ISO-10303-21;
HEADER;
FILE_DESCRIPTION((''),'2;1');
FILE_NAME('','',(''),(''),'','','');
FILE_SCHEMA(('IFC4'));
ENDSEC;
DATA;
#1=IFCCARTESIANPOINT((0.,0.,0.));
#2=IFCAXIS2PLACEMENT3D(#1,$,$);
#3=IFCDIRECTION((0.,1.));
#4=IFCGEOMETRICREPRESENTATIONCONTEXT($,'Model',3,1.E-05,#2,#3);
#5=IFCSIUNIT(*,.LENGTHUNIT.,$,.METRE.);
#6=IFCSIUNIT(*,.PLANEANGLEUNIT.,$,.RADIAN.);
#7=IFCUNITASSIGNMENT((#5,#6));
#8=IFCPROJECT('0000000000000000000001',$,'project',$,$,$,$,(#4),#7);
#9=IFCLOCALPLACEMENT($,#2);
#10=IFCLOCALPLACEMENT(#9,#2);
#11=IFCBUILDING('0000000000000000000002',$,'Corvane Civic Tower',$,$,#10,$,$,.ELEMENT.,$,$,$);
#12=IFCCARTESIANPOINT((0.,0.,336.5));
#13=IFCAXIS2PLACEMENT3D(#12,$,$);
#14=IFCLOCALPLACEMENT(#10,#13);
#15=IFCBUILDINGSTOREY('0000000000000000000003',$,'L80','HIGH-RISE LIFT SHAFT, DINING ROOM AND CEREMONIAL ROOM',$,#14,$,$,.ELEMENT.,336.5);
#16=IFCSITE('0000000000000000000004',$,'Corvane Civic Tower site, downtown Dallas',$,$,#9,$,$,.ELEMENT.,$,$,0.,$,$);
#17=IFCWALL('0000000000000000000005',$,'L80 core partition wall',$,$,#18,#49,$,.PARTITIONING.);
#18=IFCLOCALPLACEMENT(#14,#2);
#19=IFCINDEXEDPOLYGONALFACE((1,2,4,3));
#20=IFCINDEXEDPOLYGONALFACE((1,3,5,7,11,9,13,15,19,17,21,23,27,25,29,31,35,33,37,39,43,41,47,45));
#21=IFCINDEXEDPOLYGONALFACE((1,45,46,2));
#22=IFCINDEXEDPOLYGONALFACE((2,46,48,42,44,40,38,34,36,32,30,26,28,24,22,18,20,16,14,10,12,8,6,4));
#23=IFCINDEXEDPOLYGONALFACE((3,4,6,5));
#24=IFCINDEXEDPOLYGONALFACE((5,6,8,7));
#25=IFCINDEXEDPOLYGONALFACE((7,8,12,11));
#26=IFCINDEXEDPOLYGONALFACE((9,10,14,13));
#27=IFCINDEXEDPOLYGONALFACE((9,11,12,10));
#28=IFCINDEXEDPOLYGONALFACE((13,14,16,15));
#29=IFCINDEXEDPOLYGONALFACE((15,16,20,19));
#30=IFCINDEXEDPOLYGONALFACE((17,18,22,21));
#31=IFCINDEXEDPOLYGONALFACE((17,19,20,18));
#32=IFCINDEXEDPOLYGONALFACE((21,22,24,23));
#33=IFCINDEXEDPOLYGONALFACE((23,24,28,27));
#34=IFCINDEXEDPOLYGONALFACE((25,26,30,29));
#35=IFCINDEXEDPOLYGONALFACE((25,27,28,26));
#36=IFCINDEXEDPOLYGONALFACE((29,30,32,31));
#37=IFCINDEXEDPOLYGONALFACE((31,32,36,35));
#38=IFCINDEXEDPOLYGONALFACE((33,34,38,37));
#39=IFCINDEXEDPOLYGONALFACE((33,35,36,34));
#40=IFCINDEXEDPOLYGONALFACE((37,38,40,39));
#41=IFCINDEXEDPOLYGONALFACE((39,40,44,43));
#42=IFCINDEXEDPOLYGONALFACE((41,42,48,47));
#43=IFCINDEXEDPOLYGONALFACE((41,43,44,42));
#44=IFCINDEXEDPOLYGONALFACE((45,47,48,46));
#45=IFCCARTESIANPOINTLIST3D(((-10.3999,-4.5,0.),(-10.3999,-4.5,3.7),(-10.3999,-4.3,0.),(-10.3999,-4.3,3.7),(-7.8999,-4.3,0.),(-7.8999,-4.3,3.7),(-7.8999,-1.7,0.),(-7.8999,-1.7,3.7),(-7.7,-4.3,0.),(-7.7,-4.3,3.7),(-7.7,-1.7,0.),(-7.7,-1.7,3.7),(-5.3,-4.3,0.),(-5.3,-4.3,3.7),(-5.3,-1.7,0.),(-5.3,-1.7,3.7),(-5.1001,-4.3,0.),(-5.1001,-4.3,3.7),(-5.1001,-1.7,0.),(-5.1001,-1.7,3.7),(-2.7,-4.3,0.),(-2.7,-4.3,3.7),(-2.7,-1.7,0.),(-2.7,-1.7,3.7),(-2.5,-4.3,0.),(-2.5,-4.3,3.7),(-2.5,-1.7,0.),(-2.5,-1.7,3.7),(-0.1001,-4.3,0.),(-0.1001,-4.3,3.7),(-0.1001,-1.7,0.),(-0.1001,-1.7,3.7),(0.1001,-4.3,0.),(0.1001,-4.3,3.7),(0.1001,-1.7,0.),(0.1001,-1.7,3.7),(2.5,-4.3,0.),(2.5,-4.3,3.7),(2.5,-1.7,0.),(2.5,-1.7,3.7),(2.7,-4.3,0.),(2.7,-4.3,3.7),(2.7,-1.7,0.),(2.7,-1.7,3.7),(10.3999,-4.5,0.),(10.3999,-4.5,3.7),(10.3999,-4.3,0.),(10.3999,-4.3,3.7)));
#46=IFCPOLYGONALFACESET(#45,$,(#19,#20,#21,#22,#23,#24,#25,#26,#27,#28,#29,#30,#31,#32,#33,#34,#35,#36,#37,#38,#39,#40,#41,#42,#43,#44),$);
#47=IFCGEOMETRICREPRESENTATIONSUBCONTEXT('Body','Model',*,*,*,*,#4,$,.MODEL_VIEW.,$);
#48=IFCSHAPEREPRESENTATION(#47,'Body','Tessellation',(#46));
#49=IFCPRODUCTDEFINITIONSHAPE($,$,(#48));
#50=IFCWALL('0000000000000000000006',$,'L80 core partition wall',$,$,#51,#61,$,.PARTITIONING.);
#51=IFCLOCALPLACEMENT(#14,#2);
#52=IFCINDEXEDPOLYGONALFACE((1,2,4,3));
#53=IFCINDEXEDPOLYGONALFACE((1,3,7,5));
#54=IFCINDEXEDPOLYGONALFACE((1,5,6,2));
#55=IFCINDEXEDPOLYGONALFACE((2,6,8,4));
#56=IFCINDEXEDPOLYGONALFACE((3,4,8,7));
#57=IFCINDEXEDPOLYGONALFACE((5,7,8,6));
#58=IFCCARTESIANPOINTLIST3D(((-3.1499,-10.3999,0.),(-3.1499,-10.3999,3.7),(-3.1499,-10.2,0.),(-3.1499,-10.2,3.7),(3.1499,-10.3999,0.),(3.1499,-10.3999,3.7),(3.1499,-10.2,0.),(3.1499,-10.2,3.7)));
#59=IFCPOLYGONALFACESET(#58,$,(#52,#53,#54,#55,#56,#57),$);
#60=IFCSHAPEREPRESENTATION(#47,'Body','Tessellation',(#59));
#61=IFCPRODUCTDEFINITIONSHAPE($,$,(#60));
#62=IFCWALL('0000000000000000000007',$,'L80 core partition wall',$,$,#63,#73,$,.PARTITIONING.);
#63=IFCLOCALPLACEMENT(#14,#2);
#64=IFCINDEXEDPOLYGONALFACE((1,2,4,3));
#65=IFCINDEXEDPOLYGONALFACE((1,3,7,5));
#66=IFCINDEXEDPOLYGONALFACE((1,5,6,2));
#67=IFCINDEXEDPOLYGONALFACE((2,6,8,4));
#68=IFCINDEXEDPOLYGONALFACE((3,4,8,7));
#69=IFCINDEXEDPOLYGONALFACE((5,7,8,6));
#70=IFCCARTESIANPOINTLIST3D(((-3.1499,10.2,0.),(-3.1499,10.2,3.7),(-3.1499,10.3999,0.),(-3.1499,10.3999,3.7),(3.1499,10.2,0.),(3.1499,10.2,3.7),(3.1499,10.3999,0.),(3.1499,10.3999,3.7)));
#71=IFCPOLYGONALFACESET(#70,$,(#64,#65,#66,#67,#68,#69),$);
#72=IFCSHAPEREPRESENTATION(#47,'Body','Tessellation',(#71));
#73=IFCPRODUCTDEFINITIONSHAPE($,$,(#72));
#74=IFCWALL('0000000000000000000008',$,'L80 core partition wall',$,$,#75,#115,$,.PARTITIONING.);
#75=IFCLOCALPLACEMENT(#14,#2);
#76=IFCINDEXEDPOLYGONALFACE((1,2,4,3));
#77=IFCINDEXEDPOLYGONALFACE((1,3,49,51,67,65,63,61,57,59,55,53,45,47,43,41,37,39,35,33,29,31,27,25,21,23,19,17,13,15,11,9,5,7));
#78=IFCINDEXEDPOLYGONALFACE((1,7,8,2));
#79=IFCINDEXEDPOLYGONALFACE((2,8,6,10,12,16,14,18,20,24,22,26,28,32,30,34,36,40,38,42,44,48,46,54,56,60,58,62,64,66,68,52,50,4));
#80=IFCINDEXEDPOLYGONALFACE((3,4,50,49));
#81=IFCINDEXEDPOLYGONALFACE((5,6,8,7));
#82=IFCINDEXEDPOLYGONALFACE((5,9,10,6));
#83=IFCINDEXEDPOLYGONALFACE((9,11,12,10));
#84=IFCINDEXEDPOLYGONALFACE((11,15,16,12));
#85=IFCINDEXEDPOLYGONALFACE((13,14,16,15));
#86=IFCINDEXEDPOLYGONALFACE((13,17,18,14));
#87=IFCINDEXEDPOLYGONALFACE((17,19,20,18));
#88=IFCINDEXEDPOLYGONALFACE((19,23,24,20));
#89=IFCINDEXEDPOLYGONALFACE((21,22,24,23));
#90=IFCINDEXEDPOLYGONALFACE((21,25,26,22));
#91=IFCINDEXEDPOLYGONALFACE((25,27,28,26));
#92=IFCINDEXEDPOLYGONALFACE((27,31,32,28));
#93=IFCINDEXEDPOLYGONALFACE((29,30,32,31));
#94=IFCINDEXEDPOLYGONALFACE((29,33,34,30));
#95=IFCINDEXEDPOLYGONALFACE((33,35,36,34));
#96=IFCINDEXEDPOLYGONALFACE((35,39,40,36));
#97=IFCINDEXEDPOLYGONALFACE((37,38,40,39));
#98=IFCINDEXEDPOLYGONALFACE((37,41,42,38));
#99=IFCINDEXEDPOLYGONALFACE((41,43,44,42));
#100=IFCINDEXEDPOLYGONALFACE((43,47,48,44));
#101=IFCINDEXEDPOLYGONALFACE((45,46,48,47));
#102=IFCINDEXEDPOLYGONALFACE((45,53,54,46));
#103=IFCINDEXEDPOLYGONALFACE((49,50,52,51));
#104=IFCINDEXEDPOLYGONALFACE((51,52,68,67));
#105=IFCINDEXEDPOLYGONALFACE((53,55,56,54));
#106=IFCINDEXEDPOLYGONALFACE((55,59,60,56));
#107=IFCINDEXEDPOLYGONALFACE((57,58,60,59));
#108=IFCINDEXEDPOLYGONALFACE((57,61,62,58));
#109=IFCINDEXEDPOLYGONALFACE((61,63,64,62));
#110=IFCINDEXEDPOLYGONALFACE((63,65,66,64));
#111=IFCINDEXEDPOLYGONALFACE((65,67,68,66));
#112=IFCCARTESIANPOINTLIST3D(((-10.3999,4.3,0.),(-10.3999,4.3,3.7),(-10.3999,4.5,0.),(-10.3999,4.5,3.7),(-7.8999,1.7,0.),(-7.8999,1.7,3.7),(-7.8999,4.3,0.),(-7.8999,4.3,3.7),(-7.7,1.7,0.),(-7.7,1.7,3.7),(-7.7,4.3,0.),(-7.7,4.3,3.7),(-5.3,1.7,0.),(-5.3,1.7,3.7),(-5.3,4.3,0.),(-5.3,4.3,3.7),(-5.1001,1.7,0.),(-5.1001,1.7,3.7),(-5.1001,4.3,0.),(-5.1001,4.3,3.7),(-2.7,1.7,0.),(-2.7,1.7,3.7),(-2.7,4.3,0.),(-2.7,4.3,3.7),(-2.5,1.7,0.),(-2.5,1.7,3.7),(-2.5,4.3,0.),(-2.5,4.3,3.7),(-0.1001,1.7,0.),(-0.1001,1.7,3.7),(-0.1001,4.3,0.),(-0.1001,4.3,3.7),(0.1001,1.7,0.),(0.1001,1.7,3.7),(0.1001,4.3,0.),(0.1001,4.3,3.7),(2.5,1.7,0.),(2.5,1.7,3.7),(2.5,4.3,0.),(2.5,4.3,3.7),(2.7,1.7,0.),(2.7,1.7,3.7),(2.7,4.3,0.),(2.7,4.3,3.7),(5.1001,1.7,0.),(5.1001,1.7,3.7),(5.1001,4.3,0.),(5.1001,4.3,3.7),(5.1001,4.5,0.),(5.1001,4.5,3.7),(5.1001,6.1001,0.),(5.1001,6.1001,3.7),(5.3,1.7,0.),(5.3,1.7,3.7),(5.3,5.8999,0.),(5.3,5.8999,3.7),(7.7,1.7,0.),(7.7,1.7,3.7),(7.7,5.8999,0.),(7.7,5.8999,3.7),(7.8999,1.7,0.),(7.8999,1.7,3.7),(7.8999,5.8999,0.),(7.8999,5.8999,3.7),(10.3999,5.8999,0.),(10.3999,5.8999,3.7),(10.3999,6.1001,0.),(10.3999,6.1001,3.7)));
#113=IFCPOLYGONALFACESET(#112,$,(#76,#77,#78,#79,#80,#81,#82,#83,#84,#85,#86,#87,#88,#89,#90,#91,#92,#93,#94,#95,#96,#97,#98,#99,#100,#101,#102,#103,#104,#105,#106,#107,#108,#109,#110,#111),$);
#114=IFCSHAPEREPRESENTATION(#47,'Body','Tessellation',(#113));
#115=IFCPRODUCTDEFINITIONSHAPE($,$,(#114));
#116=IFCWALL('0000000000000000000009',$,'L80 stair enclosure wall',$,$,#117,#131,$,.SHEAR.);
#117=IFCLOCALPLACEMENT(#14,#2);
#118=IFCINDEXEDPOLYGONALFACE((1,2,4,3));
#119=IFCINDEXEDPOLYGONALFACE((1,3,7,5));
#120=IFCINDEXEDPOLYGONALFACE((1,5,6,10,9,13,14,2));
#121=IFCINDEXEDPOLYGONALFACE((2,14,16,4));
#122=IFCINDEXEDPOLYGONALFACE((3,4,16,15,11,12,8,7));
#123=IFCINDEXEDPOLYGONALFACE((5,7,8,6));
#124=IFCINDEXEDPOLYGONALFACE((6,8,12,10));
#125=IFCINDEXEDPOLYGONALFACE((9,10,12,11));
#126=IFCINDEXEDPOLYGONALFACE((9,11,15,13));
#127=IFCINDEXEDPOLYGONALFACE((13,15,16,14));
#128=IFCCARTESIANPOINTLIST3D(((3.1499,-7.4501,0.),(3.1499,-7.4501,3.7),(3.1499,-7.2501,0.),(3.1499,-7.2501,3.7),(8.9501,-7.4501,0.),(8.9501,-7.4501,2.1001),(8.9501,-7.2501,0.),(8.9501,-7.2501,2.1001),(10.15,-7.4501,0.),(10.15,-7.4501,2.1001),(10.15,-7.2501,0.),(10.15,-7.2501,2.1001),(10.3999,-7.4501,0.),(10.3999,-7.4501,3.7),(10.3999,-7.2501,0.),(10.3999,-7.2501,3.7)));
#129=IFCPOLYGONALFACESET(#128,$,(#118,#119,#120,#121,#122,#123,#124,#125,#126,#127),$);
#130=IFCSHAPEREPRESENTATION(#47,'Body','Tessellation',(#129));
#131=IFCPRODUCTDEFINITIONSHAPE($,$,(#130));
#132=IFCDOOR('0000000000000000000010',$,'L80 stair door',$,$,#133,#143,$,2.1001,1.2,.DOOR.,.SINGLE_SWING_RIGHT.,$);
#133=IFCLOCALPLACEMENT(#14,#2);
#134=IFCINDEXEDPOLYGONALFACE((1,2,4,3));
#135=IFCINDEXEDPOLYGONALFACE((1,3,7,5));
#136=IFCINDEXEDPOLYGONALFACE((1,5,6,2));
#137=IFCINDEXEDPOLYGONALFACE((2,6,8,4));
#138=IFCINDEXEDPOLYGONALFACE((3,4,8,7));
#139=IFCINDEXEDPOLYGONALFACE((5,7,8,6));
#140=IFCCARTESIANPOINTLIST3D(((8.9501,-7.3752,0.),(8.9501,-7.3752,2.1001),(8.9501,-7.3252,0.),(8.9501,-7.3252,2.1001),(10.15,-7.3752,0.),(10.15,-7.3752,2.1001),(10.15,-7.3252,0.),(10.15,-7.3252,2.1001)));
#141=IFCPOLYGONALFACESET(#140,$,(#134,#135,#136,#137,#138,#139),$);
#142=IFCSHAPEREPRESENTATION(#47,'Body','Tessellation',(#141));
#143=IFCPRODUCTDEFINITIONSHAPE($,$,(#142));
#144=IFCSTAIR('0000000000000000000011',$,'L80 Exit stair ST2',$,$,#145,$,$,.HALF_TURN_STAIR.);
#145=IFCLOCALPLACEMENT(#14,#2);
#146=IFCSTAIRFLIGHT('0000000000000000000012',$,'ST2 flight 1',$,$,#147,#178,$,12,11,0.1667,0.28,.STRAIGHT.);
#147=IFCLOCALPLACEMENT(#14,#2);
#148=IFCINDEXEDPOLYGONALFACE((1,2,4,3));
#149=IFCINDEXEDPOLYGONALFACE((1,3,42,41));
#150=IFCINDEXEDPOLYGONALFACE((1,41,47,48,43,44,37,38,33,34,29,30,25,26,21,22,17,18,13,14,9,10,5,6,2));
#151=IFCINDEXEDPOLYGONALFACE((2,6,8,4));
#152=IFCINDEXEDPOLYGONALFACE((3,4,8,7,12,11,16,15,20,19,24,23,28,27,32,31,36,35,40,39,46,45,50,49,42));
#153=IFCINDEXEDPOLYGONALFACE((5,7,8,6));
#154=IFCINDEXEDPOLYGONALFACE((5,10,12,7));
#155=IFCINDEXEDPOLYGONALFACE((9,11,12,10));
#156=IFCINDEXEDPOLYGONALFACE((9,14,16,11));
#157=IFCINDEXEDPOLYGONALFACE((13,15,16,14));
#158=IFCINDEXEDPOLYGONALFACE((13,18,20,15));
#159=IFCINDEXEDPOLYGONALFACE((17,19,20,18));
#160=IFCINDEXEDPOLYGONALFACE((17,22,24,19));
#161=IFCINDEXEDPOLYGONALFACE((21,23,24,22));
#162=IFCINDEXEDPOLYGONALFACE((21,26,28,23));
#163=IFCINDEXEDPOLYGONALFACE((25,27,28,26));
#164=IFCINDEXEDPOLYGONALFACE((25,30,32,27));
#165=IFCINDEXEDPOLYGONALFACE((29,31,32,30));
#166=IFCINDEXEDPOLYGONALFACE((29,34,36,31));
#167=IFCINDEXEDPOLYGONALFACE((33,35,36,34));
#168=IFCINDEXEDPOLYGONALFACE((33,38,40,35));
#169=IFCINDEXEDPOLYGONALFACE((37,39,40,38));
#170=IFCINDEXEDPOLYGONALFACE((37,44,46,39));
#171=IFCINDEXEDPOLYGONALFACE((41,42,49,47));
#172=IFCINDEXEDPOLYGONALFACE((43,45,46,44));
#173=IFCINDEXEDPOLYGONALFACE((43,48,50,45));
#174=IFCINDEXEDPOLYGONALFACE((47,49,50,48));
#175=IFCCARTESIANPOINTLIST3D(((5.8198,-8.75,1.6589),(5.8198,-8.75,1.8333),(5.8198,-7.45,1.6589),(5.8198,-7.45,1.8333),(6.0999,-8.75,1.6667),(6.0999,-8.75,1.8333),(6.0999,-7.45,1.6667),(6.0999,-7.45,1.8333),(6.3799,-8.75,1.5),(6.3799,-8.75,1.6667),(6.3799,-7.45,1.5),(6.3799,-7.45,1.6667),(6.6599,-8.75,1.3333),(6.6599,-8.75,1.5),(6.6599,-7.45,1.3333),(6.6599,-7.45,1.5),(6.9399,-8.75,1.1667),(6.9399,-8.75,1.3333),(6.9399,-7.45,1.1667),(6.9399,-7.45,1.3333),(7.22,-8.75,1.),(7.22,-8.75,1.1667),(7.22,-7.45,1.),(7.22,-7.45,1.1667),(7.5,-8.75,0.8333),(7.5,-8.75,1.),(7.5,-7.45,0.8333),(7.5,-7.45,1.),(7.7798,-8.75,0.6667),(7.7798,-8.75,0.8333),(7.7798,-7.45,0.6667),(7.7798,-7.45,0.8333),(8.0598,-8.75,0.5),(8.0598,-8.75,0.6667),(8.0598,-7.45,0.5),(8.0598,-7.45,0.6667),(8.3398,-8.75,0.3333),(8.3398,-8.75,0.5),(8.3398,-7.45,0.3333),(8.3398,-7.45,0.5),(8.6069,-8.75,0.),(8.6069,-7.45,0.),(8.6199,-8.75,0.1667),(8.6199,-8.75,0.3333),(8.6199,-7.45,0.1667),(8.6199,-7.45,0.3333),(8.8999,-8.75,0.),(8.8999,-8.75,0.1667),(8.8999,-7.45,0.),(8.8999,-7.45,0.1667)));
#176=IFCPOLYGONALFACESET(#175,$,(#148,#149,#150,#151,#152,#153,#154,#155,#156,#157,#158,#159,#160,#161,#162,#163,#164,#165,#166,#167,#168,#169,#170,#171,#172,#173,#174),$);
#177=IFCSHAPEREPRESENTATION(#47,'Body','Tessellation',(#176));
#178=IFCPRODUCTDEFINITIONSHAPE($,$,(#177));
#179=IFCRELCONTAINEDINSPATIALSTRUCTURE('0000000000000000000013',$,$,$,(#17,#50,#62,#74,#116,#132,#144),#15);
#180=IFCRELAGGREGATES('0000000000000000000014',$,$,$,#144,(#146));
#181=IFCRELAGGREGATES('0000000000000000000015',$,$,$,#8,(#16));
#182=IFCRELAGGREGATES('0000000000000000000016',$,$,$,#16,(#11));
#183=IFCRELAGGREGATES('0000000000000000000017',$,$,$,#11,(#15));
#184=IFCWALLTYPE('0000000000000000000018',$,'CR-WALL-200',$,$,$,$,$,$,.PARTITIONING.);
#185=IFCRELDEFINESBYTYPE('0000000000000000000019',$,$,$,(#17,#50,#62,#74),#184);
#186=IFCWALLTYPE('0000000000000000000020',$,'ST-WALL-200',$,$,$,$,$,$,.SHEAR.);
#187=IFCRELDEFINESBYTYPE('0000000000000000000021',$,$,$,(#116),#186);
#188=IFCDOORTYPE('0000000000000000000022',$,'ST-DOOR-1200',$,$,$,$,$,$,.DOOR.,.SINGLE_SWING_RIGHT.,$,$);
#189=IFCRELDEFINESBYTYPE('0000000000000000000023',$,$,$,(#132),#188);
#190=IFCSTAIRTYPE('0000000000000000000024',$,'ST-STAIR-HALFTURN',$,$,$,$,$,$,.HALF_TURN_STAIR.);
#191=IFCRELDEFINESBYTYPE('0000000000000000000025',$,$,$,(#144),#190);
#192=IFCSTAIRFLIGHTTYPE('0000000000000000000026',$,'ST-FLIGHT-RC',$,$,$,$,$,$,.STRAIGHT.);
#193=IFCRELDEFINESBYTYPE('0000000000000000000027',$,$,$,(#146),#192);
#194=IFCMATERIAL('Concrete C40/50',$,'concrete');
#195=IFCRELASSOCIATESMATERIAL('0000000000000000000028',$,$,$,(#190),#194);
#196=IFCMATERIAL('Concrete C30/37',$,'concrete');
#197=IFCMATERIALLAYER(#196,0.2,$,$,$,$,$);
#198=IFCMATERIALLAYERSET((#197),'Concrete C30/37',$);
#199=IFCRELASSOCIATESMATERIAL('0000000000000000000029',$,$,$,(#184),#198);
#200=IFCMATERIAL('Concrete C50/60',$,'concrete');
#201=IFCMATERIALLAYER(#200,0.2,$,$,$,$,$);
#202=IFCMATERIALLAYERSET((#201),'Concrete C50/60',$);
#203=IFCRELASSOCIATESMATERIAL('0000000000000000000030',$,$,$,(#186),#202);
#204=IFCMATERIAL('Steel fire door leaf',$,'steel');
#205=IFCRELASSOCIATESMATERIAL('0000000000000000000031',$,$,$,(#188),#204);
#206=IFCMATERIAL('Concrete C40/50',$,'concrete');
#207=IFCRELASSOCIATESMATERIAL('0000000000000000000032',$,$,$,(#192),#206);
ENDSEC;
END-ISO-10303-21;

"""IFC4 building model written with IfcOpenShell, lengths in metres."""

from ifc_helpers import new_model, si_unit, direction, frame, frame_2d, origin, place, context, subcontext, project, spatial, polyline, rectangle, outline, extrude, material, layer, layer_set, type_object, element, fill, aggregate, save


model = new_model("IFC4")

# Units and contexts
model_context = context("Model", 3, precision=1e-05, world=origin(), true_north=direction((0.0, 1.0)))
body_context = subcontext(model_context, "Body", "Model", "MODEL_VIEW")
ifc_project = project(units=[si_unit("LENGTHUNIT", "METRE"), si_unit("PLANEANGLEUNIT", "RADIAN")], contexts=[model_context])

# Site, building, storey
site_placement = place(None, origin())
site = spatial("IfcSite", under=ifc_project, at=site_placement, Name="Corvane Civic Tower site, downtown Dallas", CompositionType="ELEMENT", RefElevation=0.0)
building_placement = place(site_placement, origin())
building = spatial("IfcBuilding", under=site, at=building_placement, Name="Corvane Civic Tower", CompositionType="ELEMENT")
storey_placement = place(building_placement, frame((0.0, 0.0, 336.5)))
storey = spatial("IfcBuildingStorey", under=building, at=storey_placement, Name="L80", Description="HIGH-RISE LIFT SHAFT, DINING ROOM AND CEREMONIAL ROOM", CompositionType="ELEMENT", Elevation=336.5)

# Shared definitions
ifc_material_1 = material(Name="Concrete C40/50", Category="concrete")
stair_type = type_object("IfcStairType", Name="ST-STAIR-HALFTURN", PredefinedType="HALF_TURN_STAIR", material=ifc_material_1)

# Shared definitions
ifc_material_2 = material(Name="Concrete C30/37", Category="concrete")
ifc_layer_1 = layer(ifc_material_2, 0.2)
ifc_layer_set_1 = layer_set([ifc_layer_1], Name="Concrete C30/37")
wall_type_1 = type_object("IfcWallType", Name="CR-WALL-200", PredefinedType="PARTITIONING", material=ifc_layer_set_1)

# Walls
wall_1_placement = place(storey_placement, origin())
element("IfcWall", 1, at=wall_1_placement, inside=storey, type_object=wall_type_1, Name="L80 core partition wall", PredefinedType="PARTITIONING", context=body_context, shape_type="SweptSolid", body=[
    extrude(outline(polyline([(-7.8999, -4.3), (-7.8999, -1.7), (-7.7, -1.7), (-7.7, -4.3), (-5.3, -4.3), (-5.3, -1.7), (-5.1001, -1.7), (-5.1001, -4.3), (-2.7, -4.3), (-2.7, -1.7), (-2.5, -1.7), (-2.5, -4.3), (-0.1001, -4.3), (-0.1001, -1.7), (0.1001, -1.7), (0.1001, -4.3), (2.5, -4.3), (2.5, -1.7), (2.7, -1.7), (2.7, -4.3), (10.3999, -4.3), (10.3999, -4.5), (-10.3999, -4.5), (-10.3999, -4.3), (-7.8999, -4.3)])), origin(), (0.0, 0.0, 1.0), 3.7),
])
wall_2_placement = place(storey_placement, origin())
element("IfcWall", 2, at=wall_2_placement, inside=storey, type_object=wall_type_1, Name="L80 core partition wall", PredefinedType="PARTITIONING", context=body_context, shape_type="SweptSolid", body=[
    extrude(outline(polyline([(3.1499, -10.2), (3.1499, -10.3999), (-3.1499, -10.3999), (-3.1499, -10.2), (3.1499, -10.2)])), origin(), (0.0, 0.0, 1.0), 3.7),
])
wall_3_placement = place(storey_placement, origin())
element("IfcWall", 3, at=wall_3_placement, inside=storey, type_object=wall_type_1, Name="L80 core partition wall", PredefinedType="PARTITIONING", context=body_context, shape_type="SweptSolid", body=[
    extrude(outline(polyline([(3.1499, 10.2), (-3.1499, 10.2), (-3.1499, 10.3999), (3.1499, 10.3999), (3.1499, 10.2)])), origin(), (0.0, 0.0, 1.0), 3.7),
])
wall_4_placement = place(storey_placement, origin())
element("IfcWall", 4, at=wall_4_placement, inside=storey, type_object=wall_type_1, Name="L80 core partition wall", PredefinedType="PARTITIONING", context=body_context, shape_type="SweptSolid", body=[
    extrude(outline(polyline([(-10.3999, 4.3), (-10.3999, 4.5), (5.1001, 4.5), (5.1001, 6.1001), (10.3999, 6.1001), (10.3999, 5.8999), (7.8999, 5.8999), (7.8999, 1.7), (7.7, 1.7), (7.7, 5.8999), (5.3, 5.8999), (5.3, 1.7), (5.1001, 1.7), (5.1001, 4.3), (2.7, 4.3), (2.7, 1.7), (2.5, 1.7), (2.5, 4.3), (0.1001, 4.3), (0.1001, 1.7), (-0.1001, 1.7), (-0.1001, 4.3), (-2.5, 4.3), (-2.5, 1.7), (-2.7, 1.7), (-2.7, 4.3), (-5.1001, 4.3), (-5.1001, 1.7), (-5.3, 1.7), (-5.3, 4.3), (-7.7, 4.3), (-7.7, 1.7), (-7.8999, 1.7), (-7.8999, 4.3), (-10.3999, 4.3)])), origin(), (0.0, 0.0, 1.0), 3.7),
])

# Wall, opening, door
ifc_material_3 = material(Name="Concrete C50/60", Category="concrete")
ifc_layer_2 = layer(ifc_material_3, 0.2)
ifc_layer_set_2 = layer_set([ifc_layer_2], Name="Concrete C50/60")
wall_type_2 = type_object("IfcWallType", Name="ST-WALL-200", PredefinedType="SHEAR", material=ifc_layer_set_2)
wall_5_placement = place(storey_placement, frame((3.1499, -7.3501, 0.0), z_axis=(0.0, 0.0, 1.0), x_axis=(1.0, 0.0, 0.0)))
wall_5 = element("IfcWall", 5, at=wall_5_placement, inside=storey, type_object=wall_type_2, Name="L80 stair enclosure wall", PredefinedType="SHEAR", context=body_context, shape_type="SweptSolid", body=[
    extrude(rectangle(XDim=7.25, YDim=0.2, at=frame_2d((3.625, 0.0))), origin(), (0.0, 0.0, 1.0), 3.7),
])
opening_1_placement = place(wall_5_placement, frame((5.8, 0.0, 0.0)))
opening_1 = element("IfcOpeningElement", 6, at=opening_1_placement, cuts=wall_5, PredefinedType="OPENING", context=body_context, shape_type="SweptSolid", body=[
    extrude(rectangle(XDim=1.2, YDim=2.1001, at=frame_2d((0.6001, 1.05))), frame((0.0, 0.1099, 0.0), z_axis=(0.0, -1.0, 0.0), x_axis=(1.0, 0.0, 0.0)), (0.0, 0.0, 1.0), 0.22),
])
ifc_material_4 = material(Name="Steel fire door leaf", Category="steel")
door_type_1 = type_object("IfcDoorType", Name="ST-DOOR-1200", OperationType="SINGLE_SWING_RIGHT", PredefinedType="DOOR", material=ifc_material_4)
door_1_placement = place(opening_1_placement, origin())
door_1 = element("IfcDoor", 7, at=door_1_placement, inside=storey, type_object=door_type_1, Name="L80 stair door", OperationType="SINGLE_SWING_RIGHT", OverallHeight=2.1001, OverallWidth=1.2, PredefinedType="DOOR", context=body_context, shape_type="SweptSolid", body=[
    extrude(rectangle(XDim=1.2, YDim=2.1001, at=frame_2d((0.6001, 1.05))), frame((0.0, 0.0249, 0.0), z_axis=(0.0, -1.0, 0.0), x_axis=(1.0, 0.0, 0.0)), (0.0, 0.0, 1.0), 0.05),
])
fill(opening_1, door_1)

# Stair, stair flight
stair_1_placement = place(storey_placement, origin())
stair_1 = element("IfcStair", 8, at=stair_1_placement, inside=storey, type_object=stair_type, Name="L80 Exit stair ST2", PredefinedType="HALF_TURN_STAIR")
ifc_material_5 = material(Name="Concrete C40/50", Category="concrete")
stair_flight_type = type_object("IfcStairFlightType", Name="ST-FLIGHT-RC", PredefinedType="STRAIGHT", material=ifc_material_5)
stair_flight_1_placement = place(storey_placement, frame((8.8999, -8.1001, 0.0), z_axis=(0.0, 0.0, 1.0), x_axis=(-1.0, 0.0, 0.0)))
stair_flight_1 = element("IfcStairFlight", 9, at=stair_flight_1_placement, type_object=stair_flight_type, Name="ST2 flight 1", NumberOfRisers=12, NumberOfTreads=11, PredefinedType="STRAIGHT", RiserHeight=0.1667, TreadLength=0.28, context=body_context, shape_type="SweptSolid", body=[
    extrude(outline(polyline([(0.0, 0.0), (0.0, 0.1667), (0.28, 0.1667), (0.28, 0.3333), (0.5601, 0.3333), (0.5601, 0.5), (0.8401, 0.5), (0.8401, 0.6667), (1.1201, 0.6667), (1.1201, 0.8333), (1.3999, 0.8333), (1.3999, 1.0), (1.6799, 1.0), (1.6799, 1.1667), (1.96, 1.1667), (1.96, 1.3333), (2.24, 1.3333), (2.24, 1.5), (2.52, 1.5), (2.52, 1.6667), (2.8, 1.6667), (2.8, 1.8333), (3.0801, 1.8333), (3.0801, 2.0), (3.0801, 1.6589), (0.293, 0.0), (0.0, 0.0)])), frame((0.0, 0.6499, 0.0), z_axis=(0.0, -1.0, 0.0), x_axis=(1.0, 0.0, 0.0)), (0.0, 0.0, 1.0), 1.3),
])
aggregate(stair_1, [stair_flight_1])

save(model, "model.ifc")
